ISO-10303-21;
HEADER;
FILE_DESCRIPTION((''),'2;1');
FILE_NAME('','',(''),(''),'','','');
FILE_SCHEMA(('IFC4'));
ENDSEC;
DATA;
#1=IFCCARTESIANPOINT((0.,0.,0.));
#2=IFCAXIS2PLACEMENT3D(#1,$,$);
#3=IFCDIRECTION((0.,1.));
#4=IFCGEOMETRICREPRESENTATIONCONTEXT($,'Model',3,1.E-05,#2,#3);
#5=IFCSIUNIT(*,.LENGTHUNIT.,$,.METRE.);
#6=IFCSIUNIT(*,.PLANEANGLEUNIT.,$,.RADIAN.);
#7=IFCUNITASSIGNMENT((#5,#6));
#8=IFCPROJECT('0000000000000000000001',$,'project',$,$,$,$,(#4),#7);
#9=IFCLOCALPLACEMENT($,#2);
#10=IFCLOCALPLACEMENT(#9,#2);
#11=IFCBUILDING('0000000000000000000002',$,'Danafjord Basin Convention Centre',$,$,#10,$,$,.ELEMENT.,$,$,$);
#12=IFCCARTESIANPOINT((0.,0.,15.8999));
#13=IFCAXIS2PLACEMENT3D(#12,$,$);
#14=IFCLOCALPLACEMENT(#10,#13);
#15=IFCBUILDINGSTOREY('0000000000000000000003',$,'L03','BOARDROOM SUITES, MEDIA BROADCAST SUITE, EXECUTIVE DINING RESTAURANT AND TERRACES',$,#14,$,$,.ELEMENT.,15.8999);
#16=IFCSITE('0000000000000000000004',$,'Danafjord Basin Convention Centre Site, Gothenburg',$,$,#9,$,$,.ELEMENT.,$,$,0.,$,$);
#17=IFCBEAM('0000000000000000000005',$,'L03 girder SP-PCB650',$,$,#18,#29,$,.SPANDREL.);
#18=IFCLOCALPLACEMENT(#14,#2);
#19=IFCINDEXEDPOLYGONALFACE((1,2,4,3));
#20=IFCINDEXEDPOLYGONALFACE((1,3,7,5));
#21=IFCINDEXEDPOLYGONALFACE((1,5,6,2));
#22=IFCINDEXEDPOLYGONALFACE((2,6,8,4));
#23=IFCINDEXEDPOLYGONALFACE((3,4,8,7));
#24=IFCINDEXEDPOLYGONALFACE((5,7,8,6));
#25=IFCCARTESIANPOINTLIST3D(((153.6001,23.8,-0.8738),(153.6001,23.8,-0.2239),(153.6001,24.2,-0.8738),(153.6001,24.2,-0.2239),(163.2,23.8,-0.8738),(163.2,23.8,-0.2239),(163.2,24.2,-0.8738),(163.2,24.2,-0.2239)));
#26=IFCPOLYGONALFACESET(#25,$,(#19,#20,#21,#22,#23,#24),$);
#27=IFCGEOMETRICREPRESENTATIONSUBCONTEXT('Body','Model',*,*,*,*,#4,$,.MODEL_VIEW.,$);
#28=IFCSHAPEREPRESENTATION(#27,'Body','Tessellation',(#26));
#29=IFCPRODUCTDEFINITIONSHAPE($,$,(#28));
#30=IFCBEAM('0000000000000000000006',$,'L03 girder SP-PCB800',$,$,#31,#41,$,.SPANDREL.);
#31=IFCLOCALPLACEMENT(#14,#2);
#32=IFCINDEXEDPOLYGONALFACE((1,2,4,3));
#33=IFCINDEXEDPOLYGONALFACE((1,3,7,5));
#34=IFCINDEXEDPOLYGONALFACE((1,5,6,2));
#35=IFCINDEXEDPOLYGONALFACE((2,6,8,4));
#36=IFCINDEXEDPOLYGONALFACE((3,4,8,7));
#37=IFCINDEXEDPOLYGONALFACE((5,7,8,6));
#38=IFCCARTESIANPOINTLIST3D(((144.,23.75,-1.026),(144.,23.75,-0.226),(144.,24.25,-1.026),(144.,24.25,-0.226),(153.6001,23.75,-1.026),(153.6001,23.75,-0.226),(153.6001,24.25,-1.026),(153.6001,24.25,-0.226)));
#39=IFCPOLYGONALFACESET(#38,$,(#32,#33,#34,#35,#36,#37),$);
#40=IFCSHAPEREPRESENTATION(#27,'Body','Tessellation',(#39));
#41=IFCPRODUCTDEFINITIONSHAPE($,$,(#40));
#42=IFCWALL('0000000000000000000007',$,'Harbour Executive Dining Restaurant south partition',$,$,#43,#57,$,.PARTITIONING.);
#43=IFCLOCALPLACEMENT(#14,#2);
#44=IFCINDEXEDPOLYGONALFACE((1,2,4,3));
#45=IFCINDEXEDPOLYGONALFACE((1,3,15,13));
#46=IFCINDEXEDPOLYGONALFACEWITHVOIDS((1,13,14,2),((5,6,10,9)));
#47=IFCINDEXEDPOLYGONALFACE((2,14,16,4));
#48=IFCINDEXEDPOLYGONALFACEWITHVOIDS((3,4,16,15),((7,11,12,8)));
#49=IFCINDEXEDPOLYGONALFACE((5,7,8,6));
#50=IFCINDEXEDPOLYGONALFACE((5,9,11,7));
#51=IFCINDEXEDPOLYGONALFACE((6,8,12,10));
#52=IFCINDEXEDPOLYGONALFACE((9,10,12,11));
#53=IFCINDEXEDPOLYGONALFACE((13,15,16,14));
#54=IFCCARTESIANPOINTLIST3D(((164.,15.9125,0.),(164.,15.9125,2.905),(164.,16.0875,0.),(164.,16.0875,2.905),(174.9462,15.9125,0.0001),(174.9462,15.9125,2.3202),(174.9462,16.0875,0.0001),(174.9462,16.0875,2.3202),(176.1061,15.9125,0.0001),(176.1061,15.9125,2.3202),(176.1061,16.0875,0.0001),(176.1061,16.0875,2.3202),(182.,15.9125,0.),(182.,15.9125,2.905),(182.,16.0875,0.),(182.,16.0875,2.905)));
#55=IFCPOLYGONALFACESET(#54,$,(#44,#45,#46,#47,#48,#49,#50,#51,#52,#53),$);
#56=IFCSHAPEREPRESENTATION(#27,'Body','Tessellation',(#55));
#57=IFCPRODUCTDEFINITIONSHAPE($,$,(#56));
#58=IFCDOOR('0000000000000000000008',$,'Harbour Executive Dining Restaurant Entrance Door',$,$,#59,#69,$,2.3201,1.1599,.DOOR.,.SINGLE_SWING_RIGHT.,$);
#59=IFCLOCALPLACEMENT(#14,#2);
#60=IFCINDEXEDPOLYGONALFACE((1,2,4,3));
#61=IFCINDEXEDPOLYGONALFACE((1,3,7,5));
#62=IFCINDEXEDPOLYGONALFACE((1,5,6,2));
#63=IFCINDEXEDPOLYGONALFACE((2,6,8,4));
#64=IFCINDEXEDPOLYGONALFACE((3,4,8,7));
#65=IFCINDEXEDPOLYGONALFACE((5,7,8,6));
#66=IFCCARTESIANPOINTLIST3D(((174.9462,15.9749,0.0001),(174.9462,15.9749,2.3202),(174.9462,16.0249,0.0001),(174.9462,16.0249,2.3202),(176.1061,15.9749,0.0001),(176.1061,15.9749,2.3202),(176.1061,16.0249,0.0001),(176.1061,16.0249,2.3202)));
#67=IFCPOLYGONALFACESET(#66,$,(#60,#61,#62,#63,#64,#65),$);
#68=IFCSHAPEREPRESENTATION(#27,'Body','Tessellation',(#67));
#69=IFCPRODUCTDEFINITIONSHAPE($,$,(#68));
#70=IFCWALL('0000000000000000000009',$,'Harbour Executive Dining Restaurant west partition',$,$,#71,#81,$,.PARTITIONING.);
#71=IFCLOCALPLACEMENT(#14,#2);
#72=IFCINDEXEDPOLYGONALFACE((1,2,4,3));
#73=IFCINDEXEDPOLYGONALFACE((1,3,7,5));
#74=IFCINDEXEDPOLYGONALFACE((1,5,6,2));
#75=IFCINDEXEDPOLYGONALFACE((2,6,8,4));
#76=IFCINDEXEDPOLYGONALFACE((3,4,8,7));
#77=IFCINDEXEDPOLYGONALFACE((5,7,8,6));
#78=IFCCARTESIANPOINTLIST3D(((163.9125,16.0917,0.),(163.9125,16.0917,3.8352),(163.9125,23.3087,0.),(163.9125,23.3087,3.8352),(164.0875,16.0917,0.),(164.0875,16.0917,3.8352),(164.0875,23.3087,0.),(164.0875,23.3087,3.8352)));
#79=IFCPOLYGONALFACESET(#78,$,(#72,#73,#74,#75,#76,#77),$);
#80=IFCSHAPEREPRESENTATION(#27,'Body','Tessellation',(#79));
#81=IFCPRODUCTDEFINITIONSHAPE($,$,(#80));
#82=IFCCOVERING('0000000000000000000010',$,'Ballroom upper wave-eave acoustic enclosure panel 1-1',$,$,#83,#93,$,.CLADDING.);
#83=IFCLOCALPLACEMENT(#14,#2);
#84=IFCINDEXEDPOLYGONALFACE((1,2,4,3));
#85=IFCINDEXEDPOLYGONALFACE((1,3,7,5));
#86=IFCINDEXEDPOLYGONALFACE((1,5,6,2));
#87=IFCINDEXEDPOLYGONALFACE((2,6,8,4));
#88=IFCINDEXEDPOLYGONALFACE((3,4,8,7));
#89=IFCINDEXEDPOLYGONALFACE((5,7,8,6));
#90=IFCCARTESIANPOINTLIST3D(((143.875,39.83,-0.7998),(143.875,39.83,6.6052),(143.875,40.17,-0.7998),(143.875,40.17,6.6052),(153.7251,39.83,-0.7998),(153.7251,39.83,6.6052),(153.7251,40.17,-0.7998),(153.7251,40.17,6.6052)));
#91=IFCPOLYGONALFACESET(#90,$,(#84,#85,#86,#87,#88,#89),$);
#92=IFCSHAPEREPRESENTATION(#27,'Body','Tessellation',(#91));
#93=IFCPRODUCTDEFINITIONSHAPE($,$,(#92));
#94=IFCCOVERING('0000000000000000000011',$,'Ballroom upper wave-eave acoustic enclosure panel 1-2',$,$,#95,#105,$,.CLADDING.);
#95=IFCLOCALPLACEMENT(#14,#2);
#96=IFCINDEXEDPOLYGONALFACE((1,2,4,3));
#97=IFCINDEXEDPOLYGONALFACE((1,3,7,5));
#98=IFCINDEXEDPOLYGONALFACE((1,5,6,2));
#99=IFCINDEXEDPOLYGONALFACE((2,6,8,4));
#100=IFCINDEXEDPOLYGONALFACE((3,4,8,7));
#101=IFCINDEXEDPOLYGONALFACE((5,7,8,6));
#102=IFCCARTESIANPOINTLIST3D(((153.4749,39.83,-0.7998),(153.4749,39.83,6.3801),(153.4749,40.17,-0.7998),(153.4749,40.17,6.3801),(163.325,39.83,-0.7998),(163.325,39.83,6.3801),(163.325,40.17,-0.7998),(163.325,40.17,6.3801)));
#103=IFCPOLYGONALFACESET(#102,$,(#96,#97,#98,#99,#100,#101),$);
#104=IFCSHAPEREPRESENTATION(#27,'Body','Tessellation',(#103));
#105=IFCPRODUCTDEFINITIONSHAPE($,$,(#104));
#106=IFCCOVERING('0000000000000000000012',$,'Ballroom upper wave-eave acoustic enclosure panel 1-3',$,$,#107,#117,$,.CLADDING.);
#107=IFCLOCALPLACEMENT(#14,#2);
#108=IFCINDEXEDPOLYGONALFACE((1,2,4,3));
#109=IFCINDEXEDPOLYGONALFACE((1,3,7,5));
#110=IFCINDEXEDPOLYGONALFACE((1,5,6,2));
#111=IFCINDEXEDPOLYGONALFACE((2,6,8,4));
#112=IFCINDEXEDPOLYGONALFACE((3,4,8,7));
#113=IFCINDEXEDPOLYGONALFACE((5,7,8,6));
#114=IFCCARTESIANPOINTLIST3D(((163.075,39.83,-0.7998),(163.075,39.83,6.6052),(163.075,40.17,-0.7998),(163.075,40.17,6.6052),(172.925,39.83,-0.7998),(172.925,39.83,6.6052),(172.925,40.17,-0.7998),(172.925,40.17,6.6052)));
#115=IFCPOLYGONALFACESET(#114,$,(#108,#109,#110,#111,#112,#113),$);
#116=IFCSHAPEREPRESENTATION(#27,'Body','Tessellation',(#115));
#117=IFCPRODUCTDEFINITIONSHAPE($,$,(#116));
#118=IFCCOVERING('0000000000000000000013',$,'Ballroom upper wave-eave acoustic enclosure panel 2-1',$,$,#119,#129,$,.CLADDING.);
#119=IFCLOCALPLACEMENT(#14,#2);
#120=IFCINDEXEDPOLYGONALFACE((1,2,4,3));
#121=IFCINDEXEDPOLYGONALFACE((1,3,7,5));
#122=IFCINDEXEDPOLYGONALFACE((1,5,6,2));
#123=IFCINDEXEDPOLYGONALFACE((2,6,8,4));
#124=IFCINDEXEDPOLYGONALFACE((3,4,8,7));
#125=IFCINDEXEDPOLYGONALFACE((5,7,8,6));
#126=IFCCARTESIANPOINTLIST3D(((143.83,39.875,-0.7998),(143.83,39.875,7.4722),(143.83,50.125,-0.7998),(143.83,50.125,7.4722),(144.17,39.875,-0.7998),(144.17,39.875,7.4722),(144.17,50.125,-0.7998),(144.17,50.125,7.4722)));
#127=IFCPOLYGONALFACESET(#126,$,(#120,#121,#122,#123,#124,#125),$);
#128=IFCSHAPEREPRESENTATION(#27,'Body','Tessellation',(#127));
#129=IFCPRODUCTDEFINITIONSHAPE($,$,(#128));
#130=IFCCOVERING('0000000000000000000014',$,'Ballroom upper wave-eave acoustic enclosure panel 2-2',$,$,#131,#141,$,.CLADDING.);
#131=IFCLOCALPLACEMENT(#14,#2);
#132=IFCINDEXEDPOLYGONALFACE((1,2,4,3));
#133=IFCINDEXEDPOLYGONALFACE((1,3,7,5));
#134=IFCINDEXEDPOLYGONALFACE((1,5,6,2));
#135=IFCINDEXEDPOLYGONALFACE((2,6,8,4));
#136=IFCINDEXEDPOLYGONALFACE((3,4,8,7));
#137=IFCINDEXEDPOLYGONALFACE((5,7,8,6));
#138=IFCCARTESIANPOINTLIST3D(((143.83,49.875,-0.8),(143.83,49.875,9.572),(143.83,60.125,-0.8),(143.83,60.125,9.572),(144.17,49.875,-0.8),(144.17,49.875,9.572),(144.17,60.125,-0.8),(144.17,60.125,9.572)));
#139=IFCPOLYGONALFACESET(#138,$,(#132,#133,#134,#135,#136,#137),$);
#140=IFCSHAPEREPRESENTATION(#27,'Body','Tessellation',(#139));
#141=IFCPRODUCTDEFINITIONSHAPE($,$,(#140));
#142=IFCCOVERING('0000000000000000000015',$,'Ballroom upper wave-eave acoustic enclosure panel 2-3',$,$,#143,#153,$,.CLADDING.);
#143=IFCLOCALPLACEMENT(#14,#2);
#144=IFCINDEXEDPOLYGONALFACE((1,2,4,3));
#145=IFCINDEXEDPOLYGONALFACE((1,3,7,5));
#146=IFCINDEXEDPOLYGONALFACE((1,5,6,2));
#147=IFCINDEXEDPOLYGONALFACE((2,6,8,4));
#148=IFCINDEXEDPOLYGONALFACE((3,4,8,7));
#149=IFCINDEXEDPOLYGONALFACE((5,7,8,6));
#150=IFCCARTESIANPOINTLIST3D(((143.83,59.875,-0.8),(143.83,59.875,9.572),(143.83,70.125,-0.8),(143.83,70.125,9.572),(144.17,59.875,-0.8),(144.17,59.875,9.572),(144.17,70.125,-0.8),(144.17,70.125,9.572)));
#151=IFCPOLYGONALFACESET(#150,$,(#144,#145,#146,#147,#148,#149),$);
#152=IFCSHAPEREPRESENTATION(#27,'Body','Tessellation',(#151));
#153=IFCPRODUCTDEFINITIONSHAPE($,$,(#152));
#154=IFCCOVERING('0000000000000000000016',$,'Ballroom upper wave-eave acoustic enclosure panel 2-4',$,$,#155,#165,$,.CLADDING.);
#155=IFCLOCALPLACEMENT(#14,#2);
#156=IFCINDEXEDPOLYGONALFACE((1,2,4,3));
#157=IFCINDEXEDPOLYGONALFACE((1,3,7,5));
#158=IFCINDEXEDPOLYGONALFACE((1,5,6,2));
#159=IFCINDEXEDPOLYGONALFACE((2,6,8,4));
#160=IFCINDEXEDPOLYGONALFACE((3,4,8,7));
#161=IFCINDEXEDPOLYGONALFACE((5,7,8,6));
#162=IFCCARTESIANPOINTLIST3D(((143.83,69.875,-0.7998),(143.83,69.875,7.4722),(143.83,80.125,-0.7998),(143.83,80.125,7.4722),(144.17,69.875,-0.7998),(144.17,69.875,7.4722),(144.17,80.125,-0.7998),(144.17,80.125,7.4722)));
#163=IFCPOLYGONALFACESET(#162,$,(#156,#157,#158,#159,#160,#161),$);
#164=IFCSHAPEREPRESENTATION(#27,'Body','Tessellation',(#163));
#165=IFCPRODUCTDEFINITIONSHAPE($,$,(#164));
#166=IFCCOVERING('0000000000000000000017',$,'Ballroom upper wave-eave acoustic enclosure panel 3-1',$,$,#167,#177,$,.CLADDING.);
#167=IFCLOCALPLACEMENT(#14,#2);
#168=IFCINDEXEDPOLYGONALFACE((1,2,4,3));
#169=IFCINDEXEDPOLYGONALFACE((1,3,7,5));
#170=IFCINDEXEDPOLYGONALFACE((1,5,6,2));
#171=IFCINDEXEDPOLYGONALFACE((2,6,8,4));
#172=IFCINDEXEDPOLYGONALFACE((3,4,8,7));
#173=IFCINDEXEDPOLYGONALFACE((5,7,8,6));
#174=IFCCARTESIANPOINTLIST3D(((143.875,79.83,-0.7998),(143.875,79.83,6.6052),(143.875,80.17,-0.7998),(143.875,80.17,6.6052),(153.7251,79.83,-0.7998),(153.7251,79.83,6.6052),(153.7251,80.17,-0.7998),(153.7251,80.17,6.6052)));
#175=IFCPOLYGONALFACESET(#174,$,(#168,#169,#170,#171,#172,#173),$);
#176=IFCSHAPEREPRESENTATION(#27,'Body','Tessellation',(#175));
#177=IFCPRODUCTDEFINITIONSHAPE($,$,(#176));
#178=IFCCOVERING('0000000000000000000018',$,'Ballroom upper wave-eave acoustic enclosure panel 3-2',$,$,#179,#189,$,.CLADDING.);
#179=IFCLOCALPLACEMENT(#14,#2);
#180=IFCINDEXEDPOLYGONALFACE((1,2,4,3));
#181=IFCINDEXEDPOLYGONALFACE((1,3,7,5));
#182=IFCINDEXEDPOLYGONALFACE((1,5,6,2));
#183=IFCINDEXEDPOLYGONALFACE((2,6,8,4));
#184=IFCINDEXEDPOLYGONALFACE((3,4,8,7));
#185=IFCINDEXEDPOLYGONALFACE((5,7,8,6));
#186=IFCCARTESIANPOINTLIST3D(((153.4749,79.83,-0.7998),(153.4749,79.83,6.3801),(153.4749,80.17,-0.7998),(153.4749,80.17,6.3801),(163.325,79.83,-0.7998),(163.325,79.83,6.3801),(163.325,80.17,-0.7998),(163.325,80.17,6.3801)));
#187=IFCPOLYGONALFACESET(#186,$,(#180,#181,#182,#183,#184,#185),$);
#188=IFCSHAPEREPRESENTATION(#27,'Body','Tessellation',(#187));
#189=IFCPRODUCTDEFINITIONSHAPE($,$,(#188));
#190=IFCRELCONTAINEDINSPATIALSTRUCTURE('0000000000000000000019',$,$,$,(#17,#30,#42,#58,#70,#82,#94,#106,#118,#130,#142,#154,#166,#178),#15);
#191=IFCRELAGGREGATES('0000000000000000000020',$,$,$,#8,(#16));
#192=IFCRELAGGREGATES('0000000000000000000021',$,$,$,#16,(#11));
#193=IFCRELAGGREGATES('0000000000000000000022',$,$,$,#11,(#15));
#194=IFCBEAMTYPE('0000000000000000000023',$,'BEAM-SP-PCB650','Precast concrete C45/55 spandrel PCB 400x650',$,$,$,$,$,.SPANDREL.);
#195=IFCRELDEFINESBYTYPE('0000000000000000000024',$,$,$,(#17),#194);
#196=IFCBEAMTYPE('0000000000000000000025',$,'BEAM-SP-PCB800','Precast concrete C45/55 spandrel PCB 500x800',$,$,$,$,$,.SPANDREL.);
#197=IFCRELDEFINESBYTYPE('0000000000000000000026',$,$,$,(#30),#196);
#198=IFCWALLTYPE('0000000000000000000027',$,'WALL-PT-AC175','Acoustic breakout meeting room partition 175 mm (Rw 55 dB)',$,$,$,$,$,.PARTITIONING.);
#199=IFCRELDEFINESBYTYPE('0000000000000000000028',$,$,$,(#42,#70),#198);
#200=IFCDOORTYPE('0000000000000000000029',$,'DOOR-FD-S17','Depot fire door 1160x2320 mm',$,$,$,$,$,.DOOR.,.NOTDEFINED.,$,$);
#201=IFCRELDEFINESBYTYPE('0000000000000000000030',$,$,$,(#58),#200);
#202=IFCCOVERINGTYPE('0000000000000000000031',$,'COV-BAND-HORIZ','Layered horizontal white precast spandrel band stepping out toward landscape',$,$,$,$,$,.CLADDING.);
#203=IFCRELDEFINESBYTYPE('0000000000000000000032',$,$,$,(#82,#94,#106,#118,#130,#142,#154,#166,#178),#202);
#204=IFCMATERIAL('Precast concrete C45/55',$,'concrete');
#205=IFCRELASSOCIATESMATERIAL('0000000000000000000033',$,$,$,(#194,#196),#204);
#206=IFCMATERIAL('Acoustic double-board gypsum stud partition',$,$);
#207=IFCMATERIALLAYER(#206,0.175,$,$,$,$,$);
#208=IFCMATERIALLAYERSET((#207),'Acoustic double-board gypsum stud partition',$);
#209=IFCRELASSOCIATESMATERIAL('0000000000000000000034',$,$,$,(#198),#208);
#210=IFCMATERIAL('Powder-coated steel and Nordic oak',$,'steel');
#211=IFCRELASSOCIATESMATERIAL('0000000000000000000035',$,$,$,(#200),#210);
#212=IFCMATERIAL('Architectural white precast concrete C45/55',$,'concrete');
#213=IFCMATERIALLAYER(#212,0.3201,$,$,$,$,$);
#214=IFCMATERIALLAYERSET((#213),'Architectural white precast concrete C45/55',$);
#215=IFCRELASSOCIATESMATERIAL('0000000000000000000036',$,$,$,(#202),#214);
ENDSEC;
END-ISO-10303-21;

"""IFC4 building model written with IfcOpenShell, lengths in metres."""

from ifc_helpers import new_model, si_unit, direction, frame, frame_2d, origin, origin_2d, place, context, subcontext, project, spatial, rectangle, extrude, material, layer, layer_set, material_profile, profile_set, type_object, element, fill, save


model = new_model("IFC4")

# Units and contexts
model_context = context("Model", 3, precision=1e-05, world=origin(), true_north=direction((0.0, 1.0)))
body_context = subcontext(model_context, "Body", "Model", "MODEL_VIEW")
ifc_project = project(units=[si_unit("LENGTHUNIT", "METRE"), si_unit("PLANEANGLEUNIT", "RADIAN")], contexts=[model_context])

# Site, building, storey
site_placement = place(None, origin())
site = spatial("IfcSite", under=ifc_project, at=site_placement, Name="Danafjord Basin Convention Centre Site, Gothenburg", CompositionType="ELEMENT", RefElevation=0.0)
building_placement = place(site_placement, origin())
building = spatial("IfcBuilding", under=site, at=building_placement, Name="Danafjord Basin Convention Centre", CompositionType="ELEMENT")
storey_placement = place(building_placement, frame((0.0, 0.0, 15.8999)))
storey = spatial("IfcBuildingStorey", under=building, at=storey_placement, Name="L03", Description="BOARDROOM SUITES, MEDIA BROADCAST SUITE, EXECUTIVE DINING RESTAURANT AND TERRACES", CompositionType="ELEMENT", Elevation=15.8999)

# Beams
ifc_material_1 = material(Name="Precast concrete C45/55", Category="concrete")
ifc_material_profile_1 = material_profile(ifc_material_1, rectangle(XDim=0.3999, YDim=0.6499, at=origin_2d()), Name="PCB 400x650")
ifc_profile_set_1 = profile_set([ifc_material_profile_1], Name="Precast concrete C45/55")
beam_type_1 = type_object("IfcBeamType", Name="BEAM-SP-PCB650", Description="Precast concrete C45/55 spandrel PCB 400x650", PredefinedType="SPANDREL", material=ifc_profile_set_1)
beam_1_placement = place(storey_placement, frame((153.6001, 24.0, -0.5488), z_axis=(1.0, 0.0, 0.0), x_axis=(0.0, 1.0, 0.0)))
element("IfcBeam", 1, at=beam_1_placement, inside=storey, type_object=beam_type_1, Name="L03 girder SP-PCB650", PredefinedType="SPANDREL", context=body_context, shape_type="SweptSolid", body=[
    extrude(rectangle(XDim=0.3999, YDim=0.6499, at=origin_2d()), origin(), (0.0, 0.0, 1.0), 9.5999),
])
ifc_material_profile_2 = material_profile(ifc_material_1, rectangle(XDim=0.5, YDim=0.8, at=origin_2d()), Name="PCB 500x800")
ifc_profile_set_2 = profile_set([ifc_material_profile_2], Name="Precast concrete C45/55")
beam_type_2 = type_object("IfcBeamType", Name="BEAM-SP-PCB800", Description="Precast concrete C45/55 spandrel PCB 500x800", PredefinedType="SPANDREL", material=ifc_profile_set_2)
beam_2_placement = place(storey_placement, frame((144.0, 24.0, -0.626), z_axis=(1.0, 0.0, 0.0), x_axis=(0.0, 1.0, 0.0)))
element("IfcBeam", 2, at=beam_2_placement, inside=storey, type_object=beam_type_2, Name="L03 girder SP-PCB800", PredefinedType="SPANDREL", context=body_context, shape_type="SweptSolid", body=[
    extrude(rectangle(XDim=0.5, YDim=0.8, at=origin_2d()), origin(), (0.0, 0.0, 1.0), 9.6001),
])

# Wall, opening, door
ifc_material_2 = material(Name="Acoustic double-board gypsum stud partition")
ifc_layer_1 = layer(ifc_material_2, 0.175)
ifc_layer_set_1 = layer_set([ifc_layer_1], Name="Acoustic double-board gypsum stud partition")
wall_type = type_object("IfcWallType", Name="WALL-PT-AC175", Description="Acoustic breakout meeting room partition 175 mm (Rw 55 dB)", PredefinedType="PARTITIONING", material=ifc_layer_set_1)
wall_1_placement = place(storey_placement, frame((164.0, 16.0, 0.0), z_axis=(0.0, 0.0, 1.0), x_axis=(1.0, 0.0, 0.0)))
wall_1 = element("IfcWall", 3, at=wall_1_placement, inside=storey, type_object=wall_type, Name="Harbour Executive Dining Restaurant south partition", PredefinedType="PARTITIONING", context=body_context, shape_type="SweptSolid", body=[
    extrude(rectangle(XDim=18.0, YDim=0.175, at=frame_2d((9.0, 0.0))), origin(), (0.0, 0.0, 1.0), 2.905),
])
opening_placement = place(wall_1_placement, frame((10.946, 0.0, 0.0)))
opening = element("IfcOpeningElement", 4, at=opening_placement, cuts=wall_1, PredefinedType="OPENING", context=body_context, shape_type="SweptSolid", body=[
    extrude(rectangle(XDim=1.1599, YDim=2.3201, at=frame_2d((0.5801, 1.1602))), frame((0.0, 0.0974, 0.0), z_axis=(0.0, -1.0, 0.0), x_axis=(1.0, 0.0, 0.0)), (0.0, 0.0, 1.0), 0.1951),
])
ifc_material_3 = material(Name="Powder-coated steel and Nordic oak", Category="steel")
door_type = type_object("IfcDoorType", Name="DOOR-FD-S17", Description="Depot fire door 1160x2320 mm", OperationType="NOTDEFINED", PredefinedType="DOOR", material=ifc_material_3)
door_placement = place(opening_placement, origin())
door = element("IfcDoor", 5, at=door_placement, inside=storey, type_object=door_type, Name="Harbour Executive Dining Restaurant Entrance Door", OperationType="SINGLE_SWING_RIGHT", OverallHeight=2.3201, OverallWidth=1.1599, PredefinedType="DOOR", context=body_context, shape_type="SweptSolid", body=[
    extrude(rectangle(XDim=1.1599, YDim=2.3201, at=frame_2d((0.5801, 1.1602))), frame((0.0, 0.0249, 0.0), z_axis=(0.0, -1.0, 0.0), x_axis=(1.0, 0.0, 0.0)), (0.0, 0.0, 1.0), 0.05),
])
fill(opening, door)

# Wall
wall_2_placement = place(storey_placement, frame((164.0, 23.3086, 0.0), z_axis=(0.0, 0.0, 1.0), x_axis=(0.0, -1.0, 0.0)))
element("IfcWall", 6, at=wall_2_placement, inside=storey, type_object=wall_type, Name="Harbour Executive Dining Restaurant west partition", PredefinedType="PARTITIONING", context=body_context, shape_type="SweptSolid", body=[
    extrude(rectangle(XDim=7.217, YDim=0.175, at=frame_2d((3.6084, 0.0))), origin(), (0.0, 0.0, 1.0), 3.8352),
])

# Coverings
ifc_material_4 = material(Name="Architectural white precast concrete C45/55", Category="concrete")
ifc_layer_2 = layer(ifc_material_4, 0.3201)
ifc_layer_set_2 = layer_set([ifc_layer_2], Name="Architectural white precast concrete C45/55")
covering_type = type_object("IfcCoveringType", Name="COV-BAND-HORIZ", Description="Layered horizontal white precast spandrel band stepping out toward landscape", PredefinedType="CLADDING", material=ifc_layer_set_2)
covering_1_placement = place(storey_placement, frame((148.8, 40.0, -0.7998), z_axis=(0.0, 0.0, 1.0), x_axis=(1.0, 0.0, 0.0)))
element("IfcCovering", 7, at=covering_1_placement, inside=storey, type_object=covering_type, Name="Ballroom upper wave-eave acoustic enclosure panel 1-1", PredefinedType="CLADDING", context=body_context, shape_type="SweptSolid", body=[
    extrude(rectangle(XDim=9.8501, YDim=0.3401, at=origin_2d()), origin(), (0.0, 0.0, 1.0), 7.405),
])
covering_2_placement = place(storey_placement, frame((158.3999, 40.0, -0.7998), z_axis=(0.0, 0.0, 1.0), x_axis=(1.0, 0.0, 0.0)))
element("IfcCovering", 8, at=covering_2_placement, inside=storey, type_object=covering_type, Name="Ballroom upper wave-eave acoustic enclosure panel 1-2", PredefinedType="CLADDING", context=body_context, shape_type="SweptSolid", body=[
    extrude(rectangle(XDim=9.8501, YDim=0.3401, at=origin_2d()), origin(), (0.0, 0.0, 1.0), 7.1799),
])
covering_3_placement = place(storey_placement, frame((168.0, 40.0, -0.7998), z_axis=(0.0, 0.0, 1.0), x_axis=(1.0, 0.0, 0.0)))
element("IfcCovering", 9, at=covering_3_placement, inside=storey, type_object=covering_type, Name="Ballroom upper wave-eave acoustic enclosure panel 1-3", PredefinedType="CLADDING", context=body_context, shape_type="SweptSolid", body=[
    extrude(rectangle(XDim=9.8501, YDim=0.3401, at=origin_2d()), origin(), (0.0, 0.0, 1.0), 7.405),
])
covering_4_placement = place(storey_placement, frame((144.0, 45.0, -0.7998), z_axis=(0.0, 0.0, 1.0), x_axis=(0.0, 1.0, 0.0)))
element("IfcCovering", 10, at=covering_4_placement, inside=storey, type_object=covering_type, Name="Ballroom upper wave-eave acoustic enclosure panel 2-1", PredefinedType="CLADDING", context=body_context, shape_type="SweptSolid", body=[
    extrude(rectangle(XDim=10.25, YDim=0.3401, at=origin_2d()), origin(), (0.0, 0.0, 1.0), 8.272),
])
for number, where, z_axis, x_axis, name in (
    (11, (144.0, 55.0, -0.8), (0.0, 0.0, 1.0), (0.0, 1.0, 0.0), "Ballroom upper wave-eave acoustic enclosure panel 2-2"),
    (12, (144.0, 65.0, -0.8), (0.0, 0.0, 1.0), (0.0, 1.0, 0.0), "Ballroom upper wave-eave acoustic enclosure panel 2-3"),
):
    element("IfcCovering", number, at=place(storey_placement, frame(where, z_axis=z_axis, x_axis=x_axis)), inside=storey, type_object=covering_type, Name=name, PredefinedType="CLADDING", context=body_context, shape_type="SweptSolid", body=[
        extrude(rectangle(XDim=10.25, YDim=0.3401, at=origin_2d()), origin(), (0.0, 0.0, 1.0), 10.3721),
    ])
covering_5_placement = place(storey_placement, frame((144.0, 75.0, -0.7998), z_axis=(0.0, 0.0, 1.0), x_axis=(0.0, 1.0, 0.0)))
element("IfcCovering", 13, at=covering_5_placement, inside=storey, type_object=covering_type, Name="Ballroom upper wave-eave acoustic enclosure panel 2-4", PredefinedType="CLADDING", context=body_context, shape_type="SweptSolid", body=[
    extrude(rectangle(XDim=10.25, YDim=0.3401, at=origin_2d()), origin(), (0.0, 0.0, 1.0), 8.272),
])
covering_6_placement = place(storey_placement, frame((148.8, 80.0, -0.7998), z_axis=(0.0, 0.0, 1.0), x_axis=(1.0, 0.0, 0.0)))
element("IfcCovering", 14, at=covering_6_placement, inside=storey, type_object=covering_type, Name="Ballroom upper wave-eave acoustic enclosure panel 3-1", PredefinedType="CLADDING", context=body_context, shape_type="SweptSolid", body=[
    extrude(rectangle(XDim=9.8501, YDim=0.3401, at=origin_2d()), origin(), (0.0, 0.0, 1.0), 7.405),
])
covering_7_placement = place(storey_placement, frame((158.3999, 80.0, -0.7998), z_axis=(0.0, 0.0, 1.0), x_axis=(1.0, 0.0, 0.0)))
element("IfcCovering", 15, at=covering_7_placement, inside=storey, type_object=covering_type, Name="Ballroom upper wave-eave acoustic enclosure panel 3-2", PredefinedType="CLADDING", context=body_context, shape_type="SweptSolid", body=[
    extrude(rectangle(XDim=9.8501, YDim=0.3401, at=origin_2d()), origin(), (0.0, 0.0, 1.0), 7.1799),
])

save(model, "model.ifc")
